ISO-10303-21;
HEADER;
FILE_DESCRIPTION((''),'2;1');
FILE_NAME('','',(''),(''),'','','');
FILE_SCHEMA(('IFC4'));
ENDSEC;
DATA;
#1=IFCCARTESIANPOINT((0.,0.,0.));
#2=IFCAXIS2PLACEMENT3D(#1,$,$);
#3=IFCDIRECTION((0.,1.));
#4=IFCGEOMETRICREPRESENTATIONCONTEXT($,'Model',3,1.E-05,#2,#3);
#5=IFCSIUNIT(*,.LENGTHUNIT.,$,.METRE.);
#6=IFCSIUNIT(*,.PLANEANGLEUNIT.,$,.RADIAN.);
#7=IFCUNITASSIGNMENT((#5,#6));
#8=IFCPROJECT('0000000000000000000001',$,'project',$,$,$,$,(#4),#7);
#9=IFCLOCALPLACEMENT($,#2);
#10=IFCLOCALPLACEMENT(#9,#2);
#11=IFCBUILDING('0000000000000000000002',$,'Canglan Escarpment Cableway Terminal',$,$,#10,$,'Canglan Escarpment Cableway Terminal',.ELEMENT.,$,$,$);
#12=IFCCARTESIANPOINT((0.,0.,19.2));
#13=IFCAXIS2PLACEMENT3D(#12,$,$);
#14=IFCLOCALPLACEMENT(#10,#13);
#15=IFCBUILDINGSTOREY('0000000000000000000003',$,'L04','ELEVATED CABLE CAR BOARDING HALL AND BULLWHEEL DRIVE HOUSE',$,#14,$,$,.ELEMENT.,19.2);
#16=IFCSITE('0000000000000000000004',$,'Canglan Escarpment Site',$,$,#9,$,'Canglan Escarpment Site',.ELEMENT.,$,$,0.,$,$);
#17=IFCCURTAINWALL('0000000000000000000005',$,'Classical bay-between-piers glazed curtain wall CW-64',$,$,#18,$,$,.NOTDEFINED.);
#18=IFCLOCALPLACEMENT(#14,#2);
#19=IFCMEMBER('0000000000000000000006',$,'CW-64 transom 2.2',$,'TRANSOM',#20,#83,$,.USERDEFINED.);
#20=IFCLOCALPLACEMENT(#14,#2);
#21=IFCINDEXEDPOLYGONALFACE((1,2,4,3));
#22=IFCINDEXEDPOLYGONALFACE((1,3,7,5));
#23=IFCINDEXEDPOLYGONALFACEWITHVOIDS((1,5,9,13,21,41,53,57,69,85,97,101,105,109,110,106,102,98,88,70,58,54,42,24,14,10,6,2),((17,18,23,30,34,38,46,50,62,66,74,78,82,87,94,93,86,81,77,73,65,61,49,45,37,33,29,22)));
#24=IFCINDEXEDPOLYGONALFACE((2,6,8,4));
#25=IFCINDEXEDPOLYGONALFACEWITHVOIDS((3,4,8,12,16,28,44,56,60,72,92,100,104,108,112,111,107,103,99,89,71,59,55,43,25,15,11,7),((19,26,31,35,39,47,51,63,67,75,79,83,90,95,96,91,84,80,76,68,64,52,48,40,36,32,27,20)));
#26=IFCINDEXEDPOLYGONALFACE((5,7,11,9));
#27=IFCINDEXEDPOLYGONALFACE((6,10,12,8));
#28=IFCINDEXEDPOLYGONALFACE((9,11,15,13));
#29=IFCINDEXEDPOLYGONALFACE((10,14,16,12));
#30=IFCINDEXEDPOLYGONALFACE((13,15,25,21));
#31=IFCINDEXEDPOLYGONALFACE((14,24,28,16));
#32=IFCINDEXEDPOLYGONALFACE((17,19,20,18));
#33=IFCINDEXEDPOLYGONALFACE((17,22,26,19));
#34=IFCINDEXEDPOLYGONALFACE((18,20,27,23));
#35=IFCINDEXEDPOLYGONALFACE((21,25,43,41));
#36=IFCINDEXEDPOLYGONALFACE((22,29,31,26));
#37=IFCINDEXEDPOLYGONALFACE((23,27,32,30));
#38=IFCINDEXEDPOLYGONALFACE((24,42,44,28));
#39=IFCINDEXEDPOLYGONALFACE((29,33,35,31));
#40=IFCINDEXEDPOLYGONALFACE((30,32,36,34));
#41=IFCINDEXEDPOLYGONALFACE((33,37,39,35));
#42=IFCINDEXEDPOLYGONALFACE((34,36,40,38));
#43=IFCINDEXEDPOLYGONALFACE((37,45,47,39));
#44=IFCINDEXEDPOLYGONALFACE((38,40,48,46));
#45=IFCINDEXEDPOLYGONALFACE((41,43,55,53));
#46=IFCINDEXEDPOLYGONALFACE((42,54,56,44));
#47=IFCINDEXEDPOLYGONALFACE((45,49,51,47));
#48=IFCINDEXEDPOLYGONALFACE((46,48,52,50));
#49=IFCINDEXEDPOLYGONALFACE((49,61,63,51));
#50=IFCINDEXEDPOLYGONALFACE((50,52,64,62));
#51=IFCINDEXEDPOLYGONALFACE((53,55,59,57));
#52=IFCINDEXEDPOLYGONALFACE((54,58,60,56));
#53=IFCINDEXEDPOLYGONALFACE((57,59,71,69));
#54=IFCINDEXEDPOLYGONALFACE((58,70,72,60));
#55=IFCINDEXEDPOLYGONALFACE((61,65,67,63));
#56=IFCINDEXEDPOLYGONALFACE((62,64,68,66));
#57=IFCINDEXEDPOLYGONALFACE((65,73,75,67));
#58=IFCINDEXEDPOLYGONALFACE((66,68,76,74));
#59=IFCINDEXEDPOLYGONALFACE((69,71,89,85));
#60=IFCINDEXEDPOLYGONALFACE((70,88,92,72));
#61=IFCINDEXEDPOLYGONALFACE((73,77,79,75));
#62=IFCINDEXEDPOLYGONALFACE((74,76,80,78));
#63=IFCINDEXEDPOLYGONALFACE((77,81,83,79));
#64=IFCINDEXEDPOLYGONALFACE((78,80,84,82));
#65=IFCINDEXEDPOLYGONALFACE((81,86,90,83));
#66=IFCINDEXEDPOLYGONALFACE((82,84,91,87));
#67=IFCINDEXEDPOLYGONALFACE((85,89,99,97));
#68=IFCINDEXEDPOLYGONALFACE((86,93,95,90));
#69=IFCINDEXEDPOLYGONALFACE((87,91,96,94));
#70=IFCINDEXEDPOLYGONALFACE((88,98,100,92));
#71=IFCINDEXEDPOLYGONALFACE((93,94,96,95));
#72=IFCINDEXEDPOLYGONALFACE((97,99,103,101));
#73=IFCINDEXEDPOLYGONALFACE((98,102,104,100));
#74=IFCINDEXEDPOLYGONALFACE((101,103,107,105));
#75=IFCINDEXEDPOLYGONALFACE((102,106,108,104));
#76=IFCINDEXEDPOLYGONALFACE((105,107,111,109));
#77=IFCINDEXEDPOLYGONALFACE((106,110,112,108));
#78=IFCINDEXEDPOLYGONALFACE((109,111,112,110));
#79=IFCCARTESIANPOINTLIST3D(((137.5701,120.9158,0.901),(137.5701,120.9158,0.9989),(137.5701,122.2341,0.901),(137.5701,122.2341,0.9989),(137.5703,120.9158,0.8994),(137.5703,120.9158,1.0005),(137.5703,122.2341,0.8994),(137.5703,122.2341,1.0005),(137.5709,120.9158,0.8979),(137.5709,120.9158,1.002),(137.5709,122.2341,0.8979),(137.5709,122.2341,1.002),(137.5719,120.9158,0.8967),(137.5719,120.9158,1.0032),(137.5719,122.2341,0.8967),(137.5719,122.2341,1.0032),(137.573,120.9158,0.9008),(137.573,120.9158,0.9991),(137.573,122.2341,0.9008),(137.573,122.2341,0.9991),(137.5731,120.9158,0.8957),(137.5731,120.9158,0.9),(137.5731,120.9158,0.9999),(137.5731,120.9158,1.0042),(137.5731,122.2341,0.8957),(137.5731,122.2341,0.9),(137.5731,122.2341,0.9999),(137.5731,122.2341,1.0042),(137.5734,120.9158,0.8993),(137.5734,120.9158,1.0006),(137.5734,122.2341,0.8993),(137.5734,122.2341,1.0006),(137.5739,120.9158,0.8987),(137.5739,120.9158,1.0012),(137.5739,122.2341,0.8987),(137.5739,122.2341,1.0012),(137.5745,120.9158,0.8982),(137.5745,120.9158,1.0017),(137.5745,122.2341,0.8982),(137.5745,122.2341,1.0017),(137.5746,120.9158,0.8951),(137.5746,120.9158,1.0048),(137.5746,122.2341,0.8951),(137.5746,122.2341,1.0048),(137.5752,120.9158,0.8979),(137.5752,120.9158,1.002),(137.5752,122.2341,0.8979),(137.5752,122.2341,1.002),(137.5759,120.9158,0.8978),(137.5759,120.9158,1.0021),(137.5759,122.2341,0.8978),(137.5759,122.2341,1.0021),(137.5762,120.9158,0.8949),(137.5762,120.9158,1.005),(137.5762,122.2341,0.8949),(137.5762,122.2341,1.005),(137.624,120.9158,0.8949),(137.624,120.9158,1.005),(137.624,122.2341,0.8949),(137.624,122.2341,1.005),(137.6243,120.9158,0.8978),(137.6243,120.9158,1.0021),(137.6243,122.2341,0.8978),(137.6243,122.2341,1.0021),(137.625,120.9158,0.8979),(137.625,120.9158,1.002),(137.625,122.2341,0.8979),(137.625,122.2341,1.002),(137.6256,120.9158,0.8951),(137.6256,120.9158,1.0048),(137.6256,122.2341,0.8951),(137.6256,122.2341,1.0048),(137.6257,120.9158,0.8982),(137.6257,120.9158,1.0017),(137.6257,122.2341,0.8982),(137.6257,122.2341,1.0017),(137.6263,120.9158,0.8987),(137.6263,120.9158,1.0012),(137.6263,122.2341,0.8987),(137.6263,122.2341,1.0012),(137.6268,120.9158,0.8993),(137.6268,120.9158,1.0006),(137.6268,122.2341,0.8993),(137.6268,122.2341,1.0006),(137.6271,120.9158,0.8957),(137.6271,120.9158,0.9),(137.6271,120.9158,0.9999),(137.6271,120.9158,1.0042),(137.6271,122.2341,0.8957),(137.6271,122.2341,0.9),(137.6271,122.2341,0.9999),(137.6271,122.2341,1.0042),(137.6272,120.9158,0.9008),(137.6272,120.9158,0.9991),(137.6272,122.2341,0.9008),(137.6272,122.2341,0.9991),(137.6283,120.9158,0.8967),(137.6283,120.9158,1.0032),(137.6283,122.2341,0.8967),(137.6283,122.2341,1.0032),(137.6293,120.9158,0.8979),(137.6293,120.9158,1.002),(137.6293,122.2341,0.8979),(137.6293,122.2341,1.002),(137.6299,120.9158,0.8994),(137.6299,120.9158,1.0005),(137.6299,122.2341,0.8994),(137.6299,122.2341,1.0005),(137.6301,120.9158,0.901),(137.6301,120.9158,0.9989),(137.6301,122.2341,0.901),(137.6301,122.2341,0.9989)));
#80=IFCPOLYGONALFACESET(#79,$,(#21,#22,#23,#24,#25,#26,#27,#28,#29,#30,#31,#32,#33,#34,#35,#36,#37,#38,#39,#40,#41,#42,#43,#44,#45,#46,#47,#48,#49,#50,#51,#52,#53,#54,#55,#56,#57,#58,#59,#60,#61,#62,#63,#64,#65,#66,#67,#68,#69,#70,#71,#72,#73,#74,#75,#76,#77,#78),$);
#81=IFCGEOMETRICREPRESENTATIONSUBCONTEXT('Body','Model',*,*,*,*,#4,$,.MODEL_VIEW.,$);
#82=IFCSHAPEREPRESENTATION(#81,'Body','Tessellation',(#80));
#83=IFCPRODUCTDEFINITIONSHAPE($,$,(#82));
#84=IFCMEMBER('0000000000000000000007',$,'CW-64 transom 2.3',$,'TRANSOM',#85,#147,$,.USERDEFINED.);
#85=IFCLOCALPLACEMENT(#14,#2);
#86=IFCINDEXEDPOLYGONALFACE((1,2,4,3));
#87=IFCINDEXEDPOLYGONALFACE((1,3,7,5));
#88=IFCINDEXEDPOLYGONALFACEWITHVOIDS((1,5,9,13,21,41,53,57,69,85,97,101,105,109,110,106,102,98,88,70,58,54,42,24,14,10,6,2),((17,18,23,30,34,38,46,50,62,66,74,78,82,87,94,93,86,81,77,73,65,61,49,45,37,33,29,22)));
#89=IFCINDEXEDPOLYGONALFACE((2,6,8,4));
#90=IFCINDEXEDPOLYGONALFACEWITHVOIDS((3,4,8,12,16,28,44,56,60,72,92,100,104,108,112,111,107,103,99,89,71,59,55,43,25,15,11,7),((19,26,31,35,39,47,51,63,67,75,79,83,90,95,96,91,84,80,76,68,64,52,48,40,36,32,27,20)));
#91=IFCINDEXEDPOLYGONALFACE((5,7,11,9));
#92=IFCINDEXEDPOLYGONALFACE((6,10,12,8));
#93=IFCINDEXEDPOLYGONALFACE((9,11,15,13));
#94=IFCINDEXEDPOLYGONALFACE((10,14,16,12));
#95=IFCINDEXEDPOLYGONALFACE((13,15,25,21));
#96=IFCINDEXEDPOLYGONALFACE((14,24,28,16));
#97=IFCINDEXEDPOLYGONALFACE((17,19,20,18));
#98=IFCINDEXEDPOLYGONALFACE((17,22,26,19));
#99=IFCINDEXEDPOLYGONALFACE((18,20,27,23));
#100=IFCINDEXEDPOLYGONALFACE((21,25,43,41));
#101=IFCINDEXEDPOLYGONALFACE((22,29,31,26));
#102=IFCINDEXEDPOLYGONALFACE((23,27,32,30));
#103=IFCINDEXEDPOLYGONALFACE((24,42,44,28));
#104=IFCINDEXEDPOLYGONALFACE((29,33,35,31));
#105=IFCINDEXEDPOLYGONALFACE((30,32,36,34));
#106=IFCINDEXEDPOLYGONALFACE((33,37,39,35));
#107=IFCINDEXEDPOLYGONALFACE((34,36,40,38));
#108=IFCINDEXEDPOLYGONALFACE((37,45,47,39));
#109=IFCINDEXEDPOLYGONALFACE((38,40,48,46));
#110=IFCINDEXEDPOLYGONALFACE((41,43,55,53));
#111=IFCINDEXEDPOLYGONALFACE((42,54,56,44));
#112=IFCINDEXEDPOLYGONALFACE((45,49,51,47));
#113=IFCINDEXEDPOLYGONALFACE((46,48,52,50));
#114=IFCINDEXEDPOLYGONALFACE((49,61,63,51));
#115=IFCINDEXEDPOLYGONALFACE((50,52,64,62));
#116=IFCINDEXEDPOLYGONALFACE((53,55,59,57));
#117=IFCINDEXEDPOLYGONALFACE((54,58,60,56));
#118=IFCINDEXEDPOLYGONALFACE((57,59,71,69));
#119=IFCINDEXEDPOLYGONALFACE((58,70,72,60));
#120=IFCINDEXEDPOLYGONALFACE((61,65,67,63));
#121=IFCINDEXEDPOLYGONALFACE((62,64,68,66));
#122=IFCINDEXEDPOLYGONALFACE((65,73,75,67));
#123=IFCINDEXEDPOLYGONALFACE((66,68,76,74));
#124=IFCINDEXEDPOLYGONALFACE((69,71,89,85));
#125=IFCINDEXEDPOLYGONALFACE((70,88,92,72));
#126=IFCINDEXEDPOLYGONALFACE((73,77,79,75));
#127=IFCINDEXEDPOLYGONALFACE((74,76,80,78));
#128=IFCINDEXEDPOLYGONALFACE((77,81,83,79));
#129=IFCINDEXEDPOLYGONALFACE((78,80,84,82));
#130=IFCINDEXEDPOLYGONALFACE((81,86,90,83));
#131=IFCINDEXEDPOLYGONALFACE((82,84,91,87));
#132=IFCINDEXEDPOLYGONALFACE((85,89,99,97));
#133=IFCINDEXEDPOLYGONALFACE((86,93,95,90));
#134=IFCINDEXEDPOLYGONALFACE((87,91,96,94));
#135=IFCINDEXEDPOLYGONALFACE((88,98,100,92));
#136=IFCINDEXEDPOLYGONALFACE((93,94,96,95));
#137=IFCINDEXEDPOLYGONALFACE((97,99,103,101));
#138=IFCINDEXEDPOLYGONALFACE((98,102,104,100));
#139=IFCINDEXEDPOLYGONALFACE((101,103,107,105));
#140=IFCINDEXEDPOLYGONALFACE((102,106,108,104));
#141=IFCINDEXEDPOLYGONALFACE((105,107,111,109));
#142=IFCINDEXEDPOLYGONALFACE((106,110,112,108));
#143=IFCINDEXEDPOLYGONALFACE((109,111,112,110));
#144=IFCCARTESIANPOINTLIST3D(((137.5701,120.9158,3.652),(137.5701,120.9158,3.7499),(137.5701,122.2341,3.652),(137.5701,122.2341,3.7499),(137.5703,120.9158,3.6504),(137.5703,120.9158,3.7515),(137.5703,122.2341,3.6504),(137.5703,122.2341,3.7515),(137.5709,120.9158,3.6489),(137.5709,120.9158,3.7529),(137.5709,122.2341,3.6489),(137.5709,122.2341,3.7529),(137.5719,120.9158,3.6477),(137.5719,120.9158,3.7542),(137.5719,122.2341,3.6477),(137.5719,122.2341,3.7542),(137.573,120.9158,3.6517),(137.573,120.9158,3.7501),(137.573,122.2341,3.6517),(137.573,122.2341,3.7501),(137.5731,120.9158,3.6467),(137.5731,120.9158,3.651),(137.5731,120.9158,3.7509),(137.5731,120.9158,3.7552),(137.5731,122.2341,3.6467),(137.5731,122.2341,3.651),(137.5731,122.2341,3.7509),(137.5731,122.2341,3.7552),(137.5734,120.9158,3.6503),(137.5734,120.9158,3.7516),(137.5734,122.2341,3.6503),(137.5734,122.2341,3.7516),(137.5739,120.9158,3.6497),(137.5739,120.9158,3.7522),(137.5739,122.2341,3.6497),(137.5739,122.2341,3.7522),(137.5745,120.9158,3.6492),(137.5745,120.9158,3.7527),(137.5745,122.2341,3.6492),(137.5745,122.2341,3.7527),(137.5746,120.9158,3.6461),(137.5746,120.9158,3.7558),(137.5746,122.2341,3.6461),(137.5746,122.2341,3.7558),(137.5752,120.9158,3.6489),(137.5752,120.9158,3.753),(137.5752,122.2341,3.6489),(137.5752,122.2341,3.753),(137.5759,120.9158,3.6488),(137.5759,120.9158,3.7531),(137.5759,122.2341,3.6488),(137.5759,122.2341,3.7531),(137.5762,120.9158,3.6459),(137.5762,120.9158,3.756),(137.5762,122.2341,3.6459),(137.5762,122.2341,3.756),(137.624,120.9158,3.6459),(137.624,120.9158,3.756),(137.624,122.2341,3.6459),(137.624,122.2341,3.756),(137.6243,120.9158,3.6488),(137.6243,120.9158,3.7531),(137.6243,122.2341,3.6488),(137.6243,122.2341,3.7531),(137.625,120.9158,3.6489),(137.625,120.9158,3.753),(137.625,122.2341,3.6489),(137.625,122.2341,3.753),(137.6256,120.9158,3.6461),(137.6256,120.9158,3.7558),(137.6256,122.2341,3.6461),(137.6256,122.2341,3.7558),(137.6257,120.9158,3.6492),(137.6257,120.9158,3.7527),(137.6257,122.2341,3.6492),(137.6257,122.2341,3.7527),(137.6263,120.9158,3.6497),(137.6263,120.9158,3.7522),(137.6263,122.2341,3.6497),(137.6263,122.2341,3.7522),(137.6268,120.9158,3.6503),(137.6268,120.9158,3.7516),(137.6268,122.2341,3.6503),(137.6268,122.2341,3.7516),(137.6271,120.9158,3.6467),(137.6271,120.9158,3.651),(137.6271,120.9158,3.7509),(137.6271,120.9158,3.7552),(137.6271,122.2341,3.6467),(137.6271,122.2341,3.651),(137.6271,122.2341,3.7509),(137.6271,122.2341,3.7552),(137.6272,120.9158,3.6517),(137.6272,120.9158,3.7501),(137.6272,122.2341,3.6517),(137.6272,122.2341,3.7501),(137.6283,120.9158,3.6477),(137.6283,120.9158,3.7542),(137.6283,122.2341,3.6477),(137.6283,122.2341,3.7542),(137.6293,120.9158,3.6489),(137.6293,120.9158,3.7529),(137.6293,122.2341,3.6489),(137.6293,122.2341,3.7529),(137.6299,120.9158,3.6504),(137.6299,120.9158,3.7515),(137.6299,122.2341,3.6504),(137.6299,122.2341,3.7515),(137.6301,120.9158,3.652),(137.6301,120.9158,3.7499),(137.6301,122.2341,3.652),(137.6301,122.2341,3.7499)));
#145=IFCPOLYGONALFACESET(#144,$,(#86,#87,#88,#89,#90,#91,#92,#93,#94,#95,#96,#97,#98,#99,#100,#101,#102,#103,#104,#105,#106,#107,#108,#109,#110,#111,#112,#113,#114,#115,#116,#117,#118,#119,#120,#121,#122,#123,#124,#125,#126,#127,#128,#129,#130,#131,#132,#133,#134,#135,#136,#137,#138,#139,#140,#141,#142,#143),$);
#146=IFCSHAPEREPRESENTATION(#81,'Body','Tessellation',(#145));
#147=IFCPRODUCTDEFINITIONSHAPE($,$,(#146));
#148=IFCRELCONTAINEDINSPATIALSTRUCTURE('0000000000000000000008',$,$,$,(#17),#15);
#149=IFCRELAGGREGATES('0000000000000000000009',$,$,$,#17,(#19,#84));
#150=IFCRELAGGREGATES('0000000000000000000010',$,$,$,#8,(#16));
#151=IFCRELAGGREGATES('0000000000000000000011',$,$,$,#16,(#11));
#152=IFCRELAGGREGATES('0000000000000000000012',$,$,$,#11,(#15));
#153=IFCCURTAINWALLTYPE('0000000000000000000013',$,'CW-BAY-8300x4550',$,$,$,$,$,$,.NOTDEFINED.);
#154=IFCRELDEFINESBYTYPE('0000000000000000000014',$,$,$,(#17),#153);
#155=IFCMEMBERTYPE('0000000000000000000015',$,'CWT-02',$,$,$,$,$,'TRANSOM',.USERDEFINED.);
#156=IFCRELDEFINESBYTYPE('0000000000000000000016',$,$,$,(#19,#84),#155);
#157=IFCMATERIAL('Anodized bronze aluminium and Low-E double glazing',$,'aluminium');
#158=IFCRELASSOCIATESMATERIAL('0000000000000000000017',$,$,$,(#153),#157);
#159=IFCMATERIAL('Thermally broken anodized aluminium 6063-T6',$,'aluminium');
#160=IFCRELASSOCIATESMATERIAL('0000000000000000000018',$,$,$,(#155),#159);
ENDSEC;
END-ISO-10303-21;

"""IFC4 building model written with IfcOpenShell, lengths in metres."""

from ifc_helpers import new_model, si_unit, direction, frame, origin, origin_2d, place, context, subcontext, project, spatial, hollow_rectangle, extrude, material, material_profile, profile_set, type_object, element, aggregate, save


model = new_model("IFC4")

# Units and contexts
model_context = context("Model", 3, precision=1e-05, world=origin(), true_north=direction((0.0, 1.0)))
body_context = subcontext(model_context, "Body", "Model", "MODEL_VIEW")
ifc_project = project(units=[si_unit("LENGTHUNIT", "METRE"), si_unit("PLANEANGLEUNIT", "RADIAN")], contexts=[model_context])

# Site, building, storey
site_placement = place(None, origin())
site = spatial("IfcSite", under=ifc_project, at=site_placement, Name="Canglan Escarpment Site", LongName="Canglan Escarpment Site", CompositionType="ELEMENT", RefElevation=0.0)
building_placement = place(site_placement, origin())
building = spatial("IfcBuilding", under=site, at=building_placement, Name="Canglan Escarpment Cableway Terminal", LongName="Canglan Escarpment Cableway Terminal", CompositionType="ELEMENT")
storey_placement = place(building_placement, frame((0.0, 0.0, 19.2)))
storey = spatial("IfcBuildingStorey", under=building, at=storey_placement, Name="L04", Description="ELEVATED CABLE CAR BOARDING HALL AND BULLWHEEL DRIVE HOUSE", CompositionType="ELEMENT", Elevation=19.2)

# Curtain wall
ifc_material_1 = material(Name="Anodized bronze aluminium and Low-E double glazing", Category="aluminium")
ifc_material_2 = material(Name="Thermally broken anodized aluminium 6063-T6", Category="aluminium")
curtain_wall_type_1 = type_object("IfcCurtainWallType", Name="CW-BAY-8300x4550", PredefinedType="NOTDEFINED", material=ifc_material_1)
curtain_wall_1_placement = place(storey_placement, origin())
curtain_wall_1 = element("IfcCurtainWall", 1, at=curtain_wall_1_placement, inside=storey, type_object=curtain_wall_type_1, Name="Classical bay-between-piers glazed curtain wall CW-64", PredefinedType="NOTDEFINED")

# Members
ifc_material_profile_1 = material_profile(ifc_material_2, hollow_rectangle(XDim=0.0601, YDim=0.1101, WallThickness=0.0029, InnerFilletRadius=0.0029, OuterFilletRadius=0.0061, at=origin_2d()), Name="ALU-TRAN 60x110x3")
ifc_profile_set_1 = profile_set([ifc_material_profile_1], Name="Thermally broken anodized aluminium 6063-T6")
member_type_1 = type_object("IfcMemberType", Name="CWT-02", ElementType="TRANSOM", PredefinedType="USERDEFINED", material=ifc_profile_set_1)
member_1_placement = place(storey_placement, frame((137.6001, 122.2341, 0.95), z_axis=(0.0, -1.0, 0.0), x_axis=(1.0, 0.0, 0.0)))
member_1 = element("IfcMember", 2, at=member_1_placement, type_object=member_type_1, Name="CW-64 transom 2.2", ObjectType="TRANSOM", PredefinedType="USERDEFINED", context=body_context, shape_type="SweptSolid", body=[
    extrude(hollow_rectangle(XDim=0.0601, YDim=0.1101, WallThickness=0.0029, InnerFilletRadius=0.0029, OuterFilletRadius=0.0061, at=origin_2d()), origin(), (0.0, 0.0, 1.0), 1.3184),
])
member_2_placement = place(storey_placement, frame((137.6001, 122.2341, 3.7009), z_axis=(0.0, -1.0, 0.0), x_axis=(1.0, 0.0, 0.0)))
member_2 = element("IfcMember", 3, at=member_2_placement, type_object=member_type_1, Name="CW-64 transom 2.3", ObjectType="TRANSOM", PredefinedType="USERDEFINED", context=body_context, shape_type="SweptSolid", body=[
    extrude(hollow_rectangle(XDim=0.0601, YDim=0.1101, WallThickness=0.0029, InnerFilletRadius=0.0029, OuterFilletRadius=0.0061, at=origin_2d()), origin(), (0.0, 0.0, 1.0), 1.3184),
])

aggregate(curtain_wall_1, [member_1, member_2])

save(model, "model.ifc")
